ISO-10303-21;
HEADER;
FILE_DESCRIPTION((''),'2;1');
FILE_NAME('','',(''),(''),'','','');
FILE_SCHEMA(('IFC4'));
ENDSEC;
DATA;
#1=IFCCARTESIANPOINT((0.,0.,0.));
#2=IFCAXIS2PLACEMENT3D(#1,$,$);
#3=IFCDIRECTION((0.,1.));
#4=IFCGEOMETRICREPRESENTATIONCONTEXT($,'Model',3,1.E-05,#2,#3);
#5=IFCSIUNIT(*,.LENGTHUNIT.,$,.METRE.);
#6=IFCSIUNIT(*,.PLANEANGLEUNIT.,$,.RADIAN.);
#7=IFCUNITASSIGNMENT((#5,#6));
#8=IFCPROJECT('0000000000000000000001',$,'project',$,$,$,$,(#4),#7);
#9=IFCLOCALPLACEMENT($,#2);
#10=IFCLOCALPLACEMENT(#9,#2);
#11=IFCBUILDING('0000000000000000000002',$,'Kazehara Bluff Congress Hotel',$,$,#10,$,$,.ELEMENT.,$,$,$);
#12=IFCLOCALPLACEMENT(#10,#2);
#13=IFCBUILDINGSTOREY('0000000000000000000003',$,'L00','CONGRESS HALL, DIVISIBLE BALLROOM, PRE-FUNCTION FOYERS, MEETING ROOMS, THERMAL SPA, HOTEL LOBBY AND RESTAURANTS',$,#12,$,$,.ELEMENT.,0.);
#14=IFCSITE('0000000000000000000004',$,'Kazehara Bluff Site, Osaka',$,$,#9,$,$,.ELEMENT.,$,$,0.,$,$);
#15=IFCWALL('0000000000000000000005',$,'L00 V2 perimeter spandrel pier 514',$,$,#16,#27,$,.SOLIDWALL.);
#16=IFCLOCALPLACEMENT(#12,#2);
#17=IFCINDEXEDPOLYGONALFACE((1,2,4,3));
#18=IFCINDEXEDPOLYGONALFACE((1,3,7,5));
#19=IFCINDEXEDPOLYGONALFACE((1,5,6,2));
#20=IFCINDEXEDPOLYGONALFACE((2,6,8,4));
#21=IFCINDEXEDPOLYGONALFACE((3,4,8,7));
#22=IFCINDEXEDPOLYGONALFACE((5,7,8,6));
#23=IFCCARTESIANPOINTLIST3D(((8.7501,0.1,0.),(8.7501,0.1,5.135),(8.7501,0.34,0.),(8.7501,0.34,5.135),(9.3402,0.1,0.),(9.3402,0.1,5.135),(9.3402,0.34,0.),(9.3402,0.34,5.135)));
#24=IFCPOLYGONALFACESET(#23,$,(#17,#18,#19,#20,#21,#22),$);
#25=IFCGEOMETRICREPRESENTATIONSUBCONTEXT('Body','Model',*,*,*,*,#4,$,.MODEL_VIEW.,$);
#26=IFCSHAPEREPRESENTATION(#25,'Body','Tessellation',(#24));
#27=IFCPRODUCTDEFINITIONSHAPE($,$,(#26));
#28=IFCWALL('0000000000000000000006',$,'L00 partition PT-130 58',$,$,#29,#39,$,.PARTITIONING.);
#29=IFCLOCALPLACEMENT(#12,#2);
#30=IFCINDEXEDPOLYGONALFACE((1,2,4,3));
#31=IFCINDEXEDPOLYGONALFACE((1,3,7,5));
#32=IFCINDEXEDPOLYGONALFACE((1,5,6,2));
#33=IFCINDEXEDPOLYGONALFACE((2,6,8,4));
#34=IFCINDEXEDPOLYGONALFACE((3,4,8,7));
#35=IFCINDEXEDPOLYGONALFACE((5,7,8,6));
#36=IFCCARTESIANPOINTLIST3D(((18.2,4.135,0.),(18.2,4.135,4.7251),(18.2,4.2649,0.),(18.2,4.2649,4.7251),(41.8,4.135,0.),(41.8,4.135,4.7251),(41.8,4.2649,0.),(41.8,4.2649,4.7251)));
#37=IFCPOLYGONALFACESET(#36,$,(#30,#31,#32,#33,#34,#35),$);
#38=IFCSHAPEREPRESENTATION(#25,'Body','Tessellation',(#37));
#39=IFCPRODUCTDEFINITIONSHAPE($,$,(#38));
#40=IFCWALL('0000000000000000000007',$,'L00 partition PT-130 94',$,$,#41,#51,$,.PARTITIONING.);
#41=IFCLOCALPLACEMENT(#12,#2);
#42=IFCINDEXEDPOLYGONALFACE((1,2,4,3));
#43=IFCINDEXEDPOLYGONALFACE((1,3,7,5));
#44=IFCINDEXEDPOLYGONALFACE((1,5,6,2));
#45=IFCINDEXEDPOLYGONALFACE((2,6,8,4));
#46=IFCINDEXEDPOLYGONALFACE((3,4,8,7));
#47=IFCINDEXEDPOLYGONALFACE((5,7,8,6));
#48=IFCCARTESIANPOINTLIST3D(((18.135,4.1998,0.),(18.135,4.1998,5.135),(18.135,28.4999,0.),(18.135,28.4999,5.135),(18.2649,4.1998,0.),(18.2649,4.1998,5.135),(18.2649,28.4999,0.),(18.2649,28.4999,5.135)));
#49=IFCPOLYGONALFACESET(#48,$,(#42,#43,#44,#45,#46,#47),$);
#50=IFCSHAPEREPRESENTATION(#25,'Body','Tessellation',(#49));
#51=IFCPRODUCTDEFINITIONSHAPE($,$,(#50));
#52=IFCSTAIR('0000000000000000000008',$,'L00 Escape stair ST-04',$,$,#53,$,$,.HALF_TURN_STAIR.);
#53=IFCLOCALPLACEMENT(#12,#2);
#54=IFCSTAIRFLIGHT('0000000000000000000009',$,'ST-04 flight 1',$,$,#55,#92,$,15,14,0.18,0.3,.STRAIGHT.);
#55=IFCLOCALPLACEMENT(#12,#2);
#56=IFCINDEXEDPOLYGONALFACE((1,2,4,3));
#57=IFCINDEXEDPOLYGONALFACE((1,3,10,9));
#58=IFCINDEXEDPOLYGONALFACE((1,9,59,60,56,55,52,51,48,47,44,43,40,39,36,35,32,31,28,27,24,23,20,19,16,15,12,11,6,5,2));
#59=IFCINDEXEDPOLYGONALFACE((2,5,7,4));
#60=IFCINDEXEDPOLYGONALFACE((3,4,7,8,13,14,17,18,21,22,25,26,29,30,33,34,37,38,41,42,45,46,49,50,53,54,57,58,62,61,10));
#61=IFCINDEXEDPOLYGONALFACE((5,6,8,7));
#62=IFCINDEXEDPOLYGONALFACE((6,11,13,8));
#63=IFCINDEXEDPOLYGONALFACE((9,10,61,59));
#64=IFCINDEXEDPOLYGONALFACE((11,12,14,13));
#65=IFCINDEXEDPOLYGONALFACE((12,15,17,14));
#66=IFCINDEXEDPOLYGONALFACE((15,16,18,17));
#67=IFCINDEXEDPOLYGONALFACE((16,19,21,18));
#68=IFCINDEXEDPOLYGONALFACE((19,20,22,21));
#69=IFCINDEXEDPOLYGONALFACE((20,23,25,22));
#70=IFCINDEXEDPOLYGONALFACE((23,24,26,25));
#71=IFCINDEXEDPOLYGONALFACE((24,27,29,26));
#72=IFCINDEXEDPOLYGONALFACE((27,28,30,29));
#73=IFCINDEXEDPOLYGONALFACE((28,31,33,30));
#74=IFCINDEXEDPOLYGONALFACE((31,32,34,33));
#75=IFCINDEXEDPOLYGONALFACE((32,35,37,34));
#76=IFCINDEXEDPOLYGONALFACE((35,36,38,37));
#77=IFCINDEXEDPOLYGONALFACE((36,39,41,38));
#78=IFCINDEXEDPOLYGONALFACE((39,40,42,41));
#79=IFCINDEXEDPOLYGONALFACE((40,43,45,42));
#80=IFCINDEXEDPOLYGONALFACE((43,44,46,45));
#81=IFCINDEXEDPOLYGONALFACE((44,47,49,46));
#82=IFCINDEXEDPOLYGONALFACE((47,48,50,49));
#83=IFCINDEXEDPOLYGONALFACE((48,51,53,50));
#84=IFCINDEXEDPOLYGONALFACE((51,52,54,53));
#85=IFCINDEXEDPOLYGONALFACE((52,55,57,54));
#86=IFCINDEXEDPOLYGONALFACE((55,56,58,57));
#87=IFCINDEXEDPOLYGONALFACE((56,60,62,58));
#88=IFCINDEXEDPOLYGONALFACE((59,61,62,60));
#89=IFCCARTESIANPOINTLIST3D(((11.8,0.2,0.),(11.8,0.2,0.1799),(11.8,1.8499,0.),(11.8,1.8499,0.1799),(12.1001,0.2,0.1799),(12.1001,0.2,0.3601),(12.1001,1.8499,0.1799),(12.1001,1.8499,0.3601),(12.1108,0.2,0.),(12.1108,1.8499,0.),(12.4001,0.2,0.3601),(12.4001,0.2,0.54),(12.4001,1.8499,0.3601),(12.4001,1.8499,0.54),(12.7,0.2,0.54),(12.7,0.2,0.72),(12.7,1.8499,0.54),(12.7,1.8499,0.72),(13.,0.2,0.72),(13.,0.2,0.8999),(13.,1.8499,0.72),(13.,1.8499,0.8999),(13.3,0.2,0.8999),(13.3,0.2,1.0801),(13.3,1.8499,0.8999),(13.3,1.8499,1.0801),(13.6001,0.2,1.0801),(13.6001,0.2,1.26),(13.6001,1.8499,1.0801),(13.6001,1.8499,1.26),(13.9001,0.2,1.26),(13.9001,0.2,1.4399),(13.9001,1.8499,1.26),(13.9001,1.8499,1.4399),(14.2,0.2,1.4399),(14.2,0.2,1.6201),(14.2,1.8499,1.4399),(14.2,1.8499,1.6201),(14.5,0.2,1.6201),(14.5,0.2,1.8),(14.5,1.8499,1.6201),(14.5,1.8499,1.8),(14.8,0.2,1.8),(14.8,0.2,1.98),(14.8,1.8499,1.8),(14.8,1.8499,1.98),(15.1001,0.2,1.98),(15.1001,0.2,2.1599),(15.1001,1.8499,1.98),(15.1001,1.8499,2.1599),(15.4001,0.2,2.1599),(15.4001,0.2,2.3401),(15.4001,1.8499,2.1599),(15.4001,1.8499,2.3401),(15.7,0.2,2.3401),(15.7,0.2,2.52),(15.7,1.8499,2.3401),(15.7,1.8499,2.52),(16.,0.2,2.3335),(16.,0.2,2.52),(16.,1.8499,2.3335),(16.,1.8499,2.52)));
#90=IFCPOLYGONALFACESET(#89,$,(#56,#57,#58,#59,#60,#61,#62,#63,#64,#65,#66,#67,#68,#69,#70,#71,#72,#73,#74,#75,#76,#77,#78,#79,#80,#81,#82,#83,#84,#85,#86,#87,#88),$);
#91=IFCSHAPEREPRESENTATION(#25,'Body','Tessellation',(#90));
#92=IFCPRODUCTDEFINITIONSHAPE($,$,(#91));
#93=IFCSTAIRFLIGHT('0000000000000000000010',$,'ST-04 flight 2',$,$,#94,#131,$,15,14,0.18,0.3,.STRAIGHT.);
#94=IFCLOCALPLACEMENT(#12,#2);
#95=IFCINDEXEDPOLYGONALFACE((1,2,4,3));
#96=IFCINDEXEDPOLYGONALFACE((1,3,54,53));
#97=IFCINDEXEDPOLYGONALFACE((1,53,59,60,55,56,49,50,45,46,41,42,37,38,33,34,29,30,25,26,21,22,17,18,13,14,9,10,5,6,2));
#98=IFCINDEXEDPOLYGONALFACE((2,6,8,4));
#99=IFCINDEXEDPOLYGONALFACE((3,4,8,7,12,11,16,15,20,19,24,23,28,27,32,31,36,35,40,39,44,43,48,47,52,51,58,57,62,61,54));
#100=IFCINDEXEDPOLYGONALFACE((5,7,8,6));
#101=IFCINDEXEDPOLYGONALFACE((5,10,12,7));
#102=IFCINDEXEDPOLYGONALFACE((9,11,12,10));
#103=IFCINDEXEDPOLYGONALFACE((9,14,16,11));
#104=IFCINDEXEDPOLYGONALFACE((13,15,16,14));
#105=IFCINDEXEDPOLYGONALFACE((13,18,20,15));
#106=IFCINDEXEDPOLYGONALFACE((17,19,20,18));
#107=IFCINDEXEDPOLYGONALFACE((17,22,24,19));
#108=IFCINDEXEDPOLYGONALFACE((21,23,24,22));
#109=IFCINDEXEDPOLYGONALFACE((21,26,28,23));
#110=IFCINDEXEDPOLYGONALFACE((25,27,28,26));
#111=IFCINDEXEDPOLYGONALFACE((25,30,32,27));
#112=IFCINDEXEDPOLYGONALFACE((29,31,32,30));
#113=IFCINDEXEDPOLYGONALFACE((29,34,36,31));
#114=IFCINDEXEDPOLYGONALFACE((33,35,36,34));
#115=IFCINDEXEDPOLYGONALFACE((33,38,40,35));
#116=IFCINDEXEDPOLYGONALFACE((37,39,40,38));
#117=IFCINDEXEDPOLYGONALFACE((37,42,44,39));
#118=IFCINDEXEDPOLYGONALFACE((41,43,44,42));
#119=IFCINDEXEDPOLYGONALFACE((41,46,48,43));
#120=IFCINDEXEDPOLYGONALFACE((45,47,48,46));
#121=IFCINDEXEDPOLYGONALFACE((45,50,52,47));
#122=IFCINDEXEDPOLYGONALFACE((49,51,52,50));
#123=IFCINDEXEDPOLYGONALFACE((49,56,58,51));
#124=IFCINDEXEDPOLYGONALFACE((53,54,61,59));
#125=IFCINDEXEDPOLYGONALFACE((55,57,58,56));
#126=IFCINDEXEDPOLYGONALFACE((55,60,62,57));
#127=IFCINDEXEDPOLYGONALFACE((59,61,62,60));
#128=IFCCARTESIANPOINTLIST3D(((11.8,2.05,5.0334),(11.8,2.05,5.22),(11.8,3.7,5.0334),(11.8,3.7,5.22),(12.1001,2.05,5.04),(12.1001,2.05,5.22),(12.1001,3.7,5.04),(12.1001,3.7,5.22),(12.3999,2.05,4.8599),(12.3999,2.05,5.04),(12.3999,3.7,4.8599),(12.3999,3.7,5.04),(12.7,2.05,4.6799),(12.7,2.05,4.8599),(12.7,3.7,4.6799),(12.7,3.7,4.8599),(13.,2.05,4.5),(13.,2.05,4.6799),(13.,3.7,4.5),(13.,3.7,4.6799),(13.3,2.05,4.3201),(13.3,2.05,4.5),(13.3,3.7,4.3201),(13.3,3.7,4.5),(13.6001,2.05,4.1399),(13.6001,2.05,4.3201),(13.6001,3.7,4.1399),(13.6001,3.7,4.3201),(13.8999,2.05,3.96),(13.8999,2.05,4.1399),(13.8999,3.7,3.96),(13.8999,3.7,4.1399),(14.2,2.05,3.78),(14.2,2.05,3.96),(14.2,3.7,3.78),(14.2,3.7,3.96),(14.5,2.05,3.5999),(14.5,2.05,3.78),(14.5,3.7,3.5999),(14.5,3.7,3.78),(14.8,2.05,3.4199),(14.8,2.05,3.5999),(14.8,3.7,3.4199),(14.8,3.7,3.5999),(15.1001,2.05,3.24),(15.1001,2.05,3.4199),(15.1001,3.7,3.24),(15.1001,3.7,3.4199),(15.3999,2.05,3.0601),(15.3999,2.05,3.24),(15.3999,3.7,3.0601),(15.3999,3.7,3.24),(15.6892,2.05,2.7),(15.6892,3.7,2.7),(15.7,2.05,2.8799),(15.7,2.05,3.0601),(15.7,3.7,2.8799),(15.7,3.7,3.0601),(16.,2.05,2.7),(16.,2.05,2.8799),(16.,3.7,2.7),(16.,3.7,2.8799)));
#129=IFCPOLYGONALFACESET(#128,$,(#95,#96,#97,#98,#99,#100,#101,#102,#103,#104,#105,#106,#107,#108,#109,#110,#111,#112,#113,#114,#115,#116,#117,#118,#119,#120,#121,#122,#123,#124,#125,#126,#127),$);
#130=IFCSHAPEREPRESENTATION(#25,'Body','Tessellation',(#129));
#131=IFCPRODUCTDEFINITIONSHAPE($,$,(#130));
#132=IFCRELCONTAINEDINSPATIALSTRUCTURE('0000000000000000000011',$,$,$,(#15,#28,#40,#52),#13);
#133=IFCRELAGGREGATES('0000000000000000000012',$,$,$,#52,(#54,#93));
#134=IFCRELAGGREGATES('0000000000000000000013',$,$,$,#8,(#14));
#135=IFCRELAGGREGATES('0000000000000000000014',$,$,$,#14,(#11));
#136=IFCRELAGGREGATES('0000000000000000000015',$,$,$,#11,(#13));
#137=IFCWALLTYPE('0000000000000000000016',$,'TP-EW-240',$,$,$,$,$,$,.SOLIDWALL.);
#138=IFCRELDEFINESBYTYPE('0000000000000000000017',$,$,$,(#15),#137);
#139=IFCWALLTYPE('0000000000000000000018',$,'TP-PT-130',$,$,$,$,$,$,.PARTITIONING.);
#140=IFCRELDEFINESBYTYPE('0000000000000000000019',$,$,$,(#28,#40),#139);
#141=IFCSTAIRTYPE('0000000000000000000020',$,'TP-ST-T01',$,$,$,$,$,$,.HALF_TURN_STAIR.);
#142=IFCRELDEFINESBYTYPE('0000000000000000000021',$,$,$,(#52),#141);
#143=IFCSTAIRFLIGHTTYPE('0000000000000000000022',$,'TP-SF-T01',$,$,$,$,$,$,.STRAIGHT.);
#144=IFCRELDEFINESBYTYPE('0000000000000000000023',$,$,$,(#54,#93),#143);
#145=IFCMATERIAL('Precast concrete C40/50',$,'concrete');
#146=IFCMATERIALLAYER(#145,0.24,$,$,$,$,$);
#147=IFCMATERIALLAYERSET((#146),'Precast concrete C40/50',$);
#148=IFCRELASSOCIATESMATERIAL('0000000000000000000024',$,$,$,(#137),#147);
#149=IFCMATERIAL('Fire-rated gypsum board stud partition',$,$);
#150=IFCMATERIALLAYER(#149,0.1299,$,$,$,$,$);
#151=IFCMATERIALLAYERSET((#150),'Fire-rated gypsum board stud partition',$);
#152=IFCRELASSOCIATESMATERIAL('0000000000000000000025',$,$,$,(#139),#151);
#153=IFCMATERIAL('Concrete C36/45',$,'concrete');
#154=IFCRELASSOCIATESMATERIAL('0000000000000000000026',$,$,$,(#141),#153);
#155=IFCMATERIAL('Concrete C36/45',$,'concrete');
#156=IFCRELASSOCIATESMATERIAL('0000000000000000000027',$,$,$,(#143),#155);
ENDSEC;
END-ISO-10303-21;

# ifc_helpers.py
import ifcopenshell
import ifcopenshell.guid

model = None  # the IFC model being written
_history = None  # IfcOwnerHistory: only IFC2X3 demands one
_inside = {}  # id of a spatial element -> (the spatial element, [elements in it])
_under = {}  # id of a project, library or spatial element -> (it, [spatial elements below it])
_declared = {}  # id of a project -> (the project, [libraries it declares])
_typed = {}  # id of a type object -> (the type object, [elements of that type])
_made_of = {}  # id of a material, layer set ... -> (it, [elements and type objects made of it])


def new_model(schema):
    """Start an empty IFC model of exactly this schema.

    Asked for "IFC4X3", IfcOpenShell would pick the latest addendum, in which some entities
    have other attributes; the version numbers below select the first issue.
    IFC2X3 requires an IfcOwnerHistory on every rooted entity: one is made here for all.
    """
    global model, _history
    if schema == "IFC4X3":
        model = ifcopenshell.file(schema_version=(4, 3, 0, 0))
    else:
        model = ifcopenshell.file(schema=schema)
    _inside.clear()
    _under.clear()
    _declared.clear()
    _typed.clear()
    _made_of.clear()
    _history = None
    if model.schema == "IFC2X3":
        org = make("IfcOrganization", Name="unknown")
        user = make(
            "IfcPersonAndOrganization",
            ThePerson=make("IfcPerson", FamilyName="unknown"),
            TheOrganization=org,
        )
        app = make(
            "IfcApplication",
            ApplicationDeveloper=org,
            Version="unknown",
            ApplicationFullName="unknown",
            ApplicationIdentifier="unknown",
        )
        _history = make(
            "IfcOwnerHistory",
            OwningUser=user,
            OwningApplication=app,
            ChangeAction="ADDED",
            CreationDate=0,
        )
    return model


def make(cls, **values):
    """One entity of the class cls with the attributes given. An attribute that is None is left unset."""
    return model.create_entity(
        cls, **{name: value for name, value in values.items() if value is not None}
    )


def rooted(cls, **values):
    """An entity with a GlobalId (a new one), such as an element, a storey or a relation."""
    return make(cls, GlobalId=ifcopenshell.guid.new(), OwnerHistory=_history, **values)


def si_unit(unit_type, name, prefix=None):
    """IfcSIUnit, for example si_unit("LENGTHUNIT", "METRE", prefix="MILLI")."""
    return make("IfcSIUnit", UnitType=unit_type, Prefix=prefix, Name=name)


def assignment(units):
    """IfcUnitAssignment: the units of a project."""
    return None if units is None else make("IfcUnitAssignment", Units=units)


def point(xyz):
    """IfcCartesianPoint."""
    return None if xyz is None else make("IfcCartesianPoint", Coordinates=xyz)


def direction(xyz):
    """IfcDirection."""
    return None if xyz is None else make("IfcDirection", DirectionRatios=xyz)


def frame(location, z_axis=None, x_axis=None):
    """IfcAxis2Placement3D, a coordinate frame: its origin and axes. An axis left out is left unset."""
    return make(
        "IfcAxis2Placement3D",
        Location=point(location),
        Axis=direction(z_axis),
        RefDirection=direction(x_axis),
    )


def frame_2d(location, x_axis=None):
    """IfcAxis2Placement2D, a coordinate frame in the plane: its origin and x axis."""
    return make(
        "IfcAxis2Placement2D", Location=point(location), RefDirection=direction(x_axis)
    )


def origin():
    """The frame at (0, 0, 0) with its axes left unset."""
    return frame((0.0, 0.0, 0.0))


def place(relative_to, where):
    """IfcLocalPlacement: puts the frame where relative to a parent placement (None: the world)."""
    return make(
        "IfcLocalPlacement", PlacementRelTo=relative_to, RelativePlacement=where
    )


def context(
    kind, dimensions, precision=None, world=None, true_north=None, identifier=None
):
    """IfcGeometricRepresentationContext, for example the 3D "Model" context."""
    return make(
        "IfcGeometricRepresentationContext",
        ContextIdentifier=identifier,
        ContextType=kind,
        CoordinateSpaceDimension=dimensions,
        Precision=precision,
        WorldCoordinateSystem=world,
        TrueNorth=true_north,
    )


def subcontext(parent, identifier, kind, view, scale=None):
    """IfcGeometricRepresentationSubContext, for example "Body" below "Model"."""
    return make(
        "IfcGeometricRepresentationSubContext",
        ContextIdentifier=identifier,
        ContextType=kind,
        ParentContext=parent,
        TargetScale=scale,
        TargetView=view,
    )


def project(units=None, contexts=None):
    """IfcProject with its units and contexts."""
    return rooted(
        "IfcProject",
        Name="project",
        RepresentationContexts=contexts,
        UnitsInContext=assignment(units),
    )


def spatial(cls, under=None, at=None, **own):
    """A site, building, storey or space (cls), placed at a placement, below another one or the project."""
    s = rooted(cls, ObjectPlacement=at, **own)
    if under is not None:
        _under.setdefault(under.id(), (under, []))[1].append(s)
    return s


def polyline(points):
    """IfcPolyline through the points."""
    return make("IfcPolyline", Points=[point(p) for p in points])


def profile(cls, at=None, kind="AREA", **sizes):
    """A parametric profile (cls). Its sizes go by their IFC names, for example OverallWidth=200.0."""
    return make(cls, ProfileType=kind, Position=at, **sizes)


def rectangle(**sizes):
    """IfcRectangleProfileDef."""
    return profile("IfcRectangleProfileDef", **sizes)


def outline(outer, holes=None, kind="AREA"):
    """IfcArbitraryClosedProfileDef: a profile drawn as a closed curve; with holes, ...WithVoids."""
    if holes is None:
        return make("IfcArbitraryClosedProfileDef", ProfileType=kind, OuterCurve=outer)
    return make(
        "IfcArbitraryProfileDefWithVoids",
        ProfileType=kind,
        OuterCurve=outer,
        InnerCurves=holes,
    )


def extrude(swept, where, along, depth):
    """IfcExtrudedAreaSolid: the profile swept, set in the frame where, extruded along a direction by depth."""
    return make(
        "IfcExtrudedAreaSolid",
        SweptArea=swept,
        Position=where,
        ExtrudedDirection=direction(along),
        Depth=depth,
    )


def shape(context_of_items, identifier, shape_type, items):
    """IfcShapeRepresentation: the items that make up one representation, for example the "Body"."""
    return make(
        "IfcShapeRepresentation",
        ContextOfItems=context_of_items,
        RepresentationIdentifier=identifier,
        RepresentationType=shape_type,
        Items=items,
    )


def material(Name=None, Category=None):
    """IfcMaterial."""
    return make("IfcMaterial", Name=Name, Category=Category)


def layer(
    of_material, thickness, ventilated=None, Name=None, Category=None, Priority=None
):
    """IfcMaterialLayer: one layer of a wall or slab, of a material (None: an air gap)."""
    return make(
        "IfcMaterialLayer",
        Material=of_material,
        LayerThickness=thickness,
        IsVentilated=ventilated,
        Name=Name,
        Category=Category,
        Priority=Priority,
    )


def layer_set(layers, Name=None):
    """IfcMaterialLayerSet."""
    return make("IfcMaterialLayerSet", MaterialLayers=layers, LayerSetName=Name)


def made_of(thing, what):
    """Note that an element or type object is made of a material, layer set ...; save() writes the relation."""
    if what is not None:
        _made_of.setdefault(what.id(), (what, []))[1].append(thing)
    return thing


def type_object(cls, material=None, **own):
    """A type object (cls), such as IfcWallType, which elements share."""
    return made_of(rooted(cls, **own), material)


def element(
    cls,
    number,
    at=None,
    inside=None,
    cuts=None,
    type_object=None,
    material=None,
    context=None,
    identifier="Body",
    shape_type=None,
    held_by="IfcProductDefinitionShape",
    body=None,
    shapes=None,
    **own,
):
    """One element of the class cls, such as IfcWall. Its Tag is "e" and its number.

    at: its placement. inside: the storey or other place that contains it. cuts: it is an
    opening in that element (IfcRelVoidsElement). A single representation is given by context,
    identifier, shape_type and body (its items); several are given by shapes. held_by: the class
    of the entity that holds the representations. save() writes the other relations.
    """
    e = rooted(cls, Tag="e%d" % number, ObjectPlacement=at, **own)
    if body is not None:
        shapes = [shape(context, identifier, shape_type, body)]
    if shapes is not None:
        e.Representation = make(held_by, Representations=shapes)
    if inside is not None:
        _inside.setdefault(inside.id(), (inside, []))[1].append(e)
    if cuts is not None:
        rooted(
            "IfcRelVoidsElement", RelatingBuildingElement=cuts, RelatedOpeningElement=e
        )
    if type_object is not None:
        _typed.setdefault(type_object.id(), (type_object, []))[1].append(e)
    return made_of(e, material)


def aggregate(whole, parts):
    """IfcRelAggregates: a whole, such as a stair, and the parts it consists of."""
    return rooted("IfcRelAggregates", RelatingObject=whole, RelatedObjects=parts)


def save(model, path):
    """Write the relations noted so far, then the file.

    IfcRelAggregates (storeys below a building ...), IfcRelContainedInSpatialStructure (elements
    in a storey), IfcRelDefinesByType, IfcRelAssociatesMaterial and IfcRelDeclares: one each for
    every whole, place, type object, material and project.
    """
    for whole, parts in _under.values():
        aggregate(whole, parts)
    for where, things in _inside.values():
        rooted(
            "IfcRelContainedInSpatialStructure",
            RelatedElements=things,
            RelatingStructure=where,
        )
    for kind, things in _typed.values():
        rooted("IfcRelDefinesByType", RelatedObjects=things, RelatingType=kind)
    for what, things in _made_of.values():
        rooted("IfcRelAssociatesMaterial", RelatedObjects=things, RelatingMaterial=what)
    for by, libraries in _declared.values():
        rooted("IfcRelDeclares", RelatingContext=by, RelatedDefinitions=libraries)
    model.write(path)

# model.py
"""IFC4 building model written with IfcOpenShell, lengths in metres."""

from ifc_helpers import new_model, si_unit, direction, frame, frame_2d, origin, place, context, subcontext, project, spatial, polyline, rectangle, outline, extrude, material, layer, layer_set, type_object, element, aggregate, save


model = new_model("IFC4")

# Units and contexts
model_context = context("Model", 3, precision=1e-05, world=origin(), true_north=direction((0.0, 1.0)))
body_context = subcontext(model_context, "Body", "Model", "MODEL_VIEW")
ifc_project = project(units=[si_unit("LENGTHUNIT", "METRE"), si_unit("PLANEANGLEUNIT", "RADIAN")], contexts=[model_context])

# Site, building, storey
site_placement = place(None, origin())
site = spatial("IfcSite", under=ifc_project, at=site_placement, Name="Kazehara Bluff Site, Osaka", CompositionType="ELEMENT", RefElevation=0.0)
building_placement = place(site_placement, origin())
building = spatial("IfcBuilding", under=site, at=building_placement, Name="Kazehara Bluff Congress Hotel", CompositionType="ELEMENT")
storey_placement = place(building_placement, origin())
storey = spatial("IfcBuildingStorey", under=building, at=storey_placement, Name="L00", Description="CONGRESS HALL, DIVISIBLE BALLROOM, PRE-FUNCTION FOYERS, MEETING ROOMS, THERMAL SPA, HOTEL LOBBY AND RESTAURANTS", CompositionType="ELEMENT", Elevation=0.0)

# Walls
ifc_material_1 = material(Name="Precast concrete C40/50", Category="concrete")
ifc_layer_1 = layer(ifc_material_1, 0.24)
ifc_layer_set_1 = layer_set([ifc_layer_1], Name="Precast concrete C40/50")
wall_type_1 = type_object("IfcWallType", Name="TP-EW-240", PredefinedType="SOLIDWALL", material=ifc_layer_set_1)
wall_1_placement = place(storey_placement, frame((9.3401, 0.22, 0.0), z_axis=(0.0, 0.0, 1.0), x_axis=(-1.0, 0.0, 0.0)))
element("IfcWall", 1, at=wall_1_placement, inside=storey, type_object=wall_type_1, Name="L00 V2 perimeter spandrel pier 514", PredefinedType="SOLIDWALL", context=body_context, shape_type="SweptSolid", body=[
    extrude(rectangle(XDim=0.5901, YDim=0.24, at=frame_2d((0.2949, 0.0))), origin(), (0.0, 0.0, 1.0), 5.135),
])
ifc_material_2 = material(Name="Fire-rated gypsum board stud partition")
ifc_layer_2 = layer(ifc_material_2, 0.1299)
ifc_layer_set_2 = layer_set([ifc_layer_2], Name="Fire-rated gypsum board stud partition")
wall_type_2 = type_object("IfcWallType", Name="TP-PT-130", PredefinedType="PARTITIONING", material=ifc_layer_set_2)
wall_2_placement = place(storey_placement, frame((18.2, 4.2, 0.0), z_axis=(0.0, 0.0, 1.0), x_axis=(1.0, 0.0, 0.0)))
element("IfcWall", 2, at=wall_2_placement, inside=storey, type_object=wall_type_2, Name="L00 partition PT-130 58", PredefinedType="PARTITIONING", context=body_context, shape_type="SweptSolid", body=[
    extrude(rectangle(XDim=23.6001, YDim=0.1299, at=frame_2d((11.8, 0.0))), origin(), (0.0, 0.0, 1.0), 4.7251),
])
wall_3_placement = place(storey_placement, frame((18.2, 4.2, 0.0), z_axis=(0.0, 0.0, 1.0), x_axis=(0.0, 1.0, 0.0)))
element("IfcWall", 3, at=wall_3_placement, inside=storey, type_object=wall_type_2, Name="L00 partition PT-130 94", PredefinedType="PARTITIONING", context=body_context, shape_type="SweptSolid", body=[
    extrude(rectangle(XDim=24.3, YDim=0.1299, at=frame_2d((12.1499, 0.0))), origin(), (0.0, 0.0, 1.0), 5.135),
])

# Stair, stair flights
ifc_material_3 = material(Name="Concrete C36/45", Category="concrete")
stair_type = type_object("IfcStairType", Name="TP-ST-T01", PredefinedType="HALF_TURN_STAIR", material=ifc_material_3)
stair_placement = place(storey_placement, origin())
stair = element("IfcStair", 4, at=stair_placement, inside=storey, type_object=stair_type, Name="L00 Escape stair ST-04", PredefinedType="HALF_TURN_STAIR")
ifc_material_4 = material(Name="Concrete C36/45", Category="concrete")
stair_flight_type = type_object("IfcStairFlightType", Name="TP-SF-T01", PredefinedType="STRAIGHT", material=ifc_material_4)
stair_flight_1_placement = place(storey_placement, frame((11.8, 1.0249, 0.0), z_axis=(0.0, 0.0, 1.0), x_axis=(1.0, 0.0, 0.0)))
stair_flight_1 = element("IfcStairFlight", 5, at=stair_flight_1_placement, type_object=stair_flight_type, Name="ST-04 flight 1", NumberOfRisers=15, NumberOfTreads=14, PredefinedType="STRAIGHT", RiserHeight=0.18, TreadLength=0.3, context=body_context, shape_type="SweptSolid", body=[
    extrude(outline(polyline([(0.0, 0.0), (0.0, 0.1799), (0.3, 0.1799), (0.3, 0.3601), (0.6001, 0.3601), (0.6001, 0.54), (0.8999, 0.54), (0.8999, 0.72), (1.2, 0.72), (1.2, 0.8999), (1.5, 0.8999), (1.5, 1.0801), (1.8, 1.0801), (1.8, 1.26), (2.1001, 1.26), (2.1001, 1.4399), (2.3999, 1.4399), (2.3999, 1.6201), (2.7, 1.6201), (2.7, 1.8), (3.0, 1.8), (3.0, 1.98), (3.3, 1.98), (3.3, 2.1599), (3.6001, 2.1599), (3.6001, 2.3401), (3.8999, 2.3401), (3.8999, 2.52), (4.2, 2.52), (4.2, 2.7), (4.2, 2.3335), (0.3108, 0.0), (0.0, 0.0)])), frame((0.0, 0.825, 0.0), z_axis=(0.0, -1.0, 0.0), x_axis=(1.0, 0.0, 0.0)), (0.0, 0.0, 1.0), 1.6499),
])
stair_flight_2_placement = place(storey_placement, frame((16.0, 2.875, 2.7), z_axis=(0.0, 0.0, 1.0), x_axis=(-1.0, 0.0, 0.0)))
stair_flight_2 = element("IfcStairFlight", 6, at=stair_flight_2_placement, type_object=stair_flight_type, Name="ST-04 flight 2", NumberOfRisers=15, NumberOfTreads=14, PredefinedType="STRAIGHT", RiserHeight=0.18, TreadLength=0.3, context=body_context, shape_type="SweptSolid", body=[
    extrude(outline(polyline([(0.0, 0.0), (0.0, 0.1799), (0.3, 0.1799), (0.3, 0.3601), (0.6001, 0.3601), (0.6001, 0.54), (0.8999, 0.54), (0.8999, 0.72), (1.2, 0.72), (1.2, 0.8999), (1.5, 0.8999), (1.5, 1.0801), (1.8, 1.0801), (1.8, 1.26), (2.1001, 1.26), (2.1001, 1.4399), (2.3999, 1.4399), (2.3999, 1.6201), (2.7, 1.6201), (2.7, 1.8), (3.0, 1.8), (3.0, 1.98), (3.3, 1.98), (3.3, 2.1599), (3.6001, 2.1599), (3.6001, 2.3401), (3.8999, 2.3401), (3.8999, 2.52), (4.2, 2.52), (4.2, 2.7), (4.2, 2.3335), (0.3108, 0.0), (0.0, 0.0)])), frame((0.0, 0.825, 0.0), z_axis=(0.0, -1.0, 0.0), x_axis=(1.0, 0.0, 0.0)), (0.0, 0.0, 1.0), 1.6499),
])
aggregate(stair, [stair_flight_1, stair_flight_2])

save(model, "model.ifc")
